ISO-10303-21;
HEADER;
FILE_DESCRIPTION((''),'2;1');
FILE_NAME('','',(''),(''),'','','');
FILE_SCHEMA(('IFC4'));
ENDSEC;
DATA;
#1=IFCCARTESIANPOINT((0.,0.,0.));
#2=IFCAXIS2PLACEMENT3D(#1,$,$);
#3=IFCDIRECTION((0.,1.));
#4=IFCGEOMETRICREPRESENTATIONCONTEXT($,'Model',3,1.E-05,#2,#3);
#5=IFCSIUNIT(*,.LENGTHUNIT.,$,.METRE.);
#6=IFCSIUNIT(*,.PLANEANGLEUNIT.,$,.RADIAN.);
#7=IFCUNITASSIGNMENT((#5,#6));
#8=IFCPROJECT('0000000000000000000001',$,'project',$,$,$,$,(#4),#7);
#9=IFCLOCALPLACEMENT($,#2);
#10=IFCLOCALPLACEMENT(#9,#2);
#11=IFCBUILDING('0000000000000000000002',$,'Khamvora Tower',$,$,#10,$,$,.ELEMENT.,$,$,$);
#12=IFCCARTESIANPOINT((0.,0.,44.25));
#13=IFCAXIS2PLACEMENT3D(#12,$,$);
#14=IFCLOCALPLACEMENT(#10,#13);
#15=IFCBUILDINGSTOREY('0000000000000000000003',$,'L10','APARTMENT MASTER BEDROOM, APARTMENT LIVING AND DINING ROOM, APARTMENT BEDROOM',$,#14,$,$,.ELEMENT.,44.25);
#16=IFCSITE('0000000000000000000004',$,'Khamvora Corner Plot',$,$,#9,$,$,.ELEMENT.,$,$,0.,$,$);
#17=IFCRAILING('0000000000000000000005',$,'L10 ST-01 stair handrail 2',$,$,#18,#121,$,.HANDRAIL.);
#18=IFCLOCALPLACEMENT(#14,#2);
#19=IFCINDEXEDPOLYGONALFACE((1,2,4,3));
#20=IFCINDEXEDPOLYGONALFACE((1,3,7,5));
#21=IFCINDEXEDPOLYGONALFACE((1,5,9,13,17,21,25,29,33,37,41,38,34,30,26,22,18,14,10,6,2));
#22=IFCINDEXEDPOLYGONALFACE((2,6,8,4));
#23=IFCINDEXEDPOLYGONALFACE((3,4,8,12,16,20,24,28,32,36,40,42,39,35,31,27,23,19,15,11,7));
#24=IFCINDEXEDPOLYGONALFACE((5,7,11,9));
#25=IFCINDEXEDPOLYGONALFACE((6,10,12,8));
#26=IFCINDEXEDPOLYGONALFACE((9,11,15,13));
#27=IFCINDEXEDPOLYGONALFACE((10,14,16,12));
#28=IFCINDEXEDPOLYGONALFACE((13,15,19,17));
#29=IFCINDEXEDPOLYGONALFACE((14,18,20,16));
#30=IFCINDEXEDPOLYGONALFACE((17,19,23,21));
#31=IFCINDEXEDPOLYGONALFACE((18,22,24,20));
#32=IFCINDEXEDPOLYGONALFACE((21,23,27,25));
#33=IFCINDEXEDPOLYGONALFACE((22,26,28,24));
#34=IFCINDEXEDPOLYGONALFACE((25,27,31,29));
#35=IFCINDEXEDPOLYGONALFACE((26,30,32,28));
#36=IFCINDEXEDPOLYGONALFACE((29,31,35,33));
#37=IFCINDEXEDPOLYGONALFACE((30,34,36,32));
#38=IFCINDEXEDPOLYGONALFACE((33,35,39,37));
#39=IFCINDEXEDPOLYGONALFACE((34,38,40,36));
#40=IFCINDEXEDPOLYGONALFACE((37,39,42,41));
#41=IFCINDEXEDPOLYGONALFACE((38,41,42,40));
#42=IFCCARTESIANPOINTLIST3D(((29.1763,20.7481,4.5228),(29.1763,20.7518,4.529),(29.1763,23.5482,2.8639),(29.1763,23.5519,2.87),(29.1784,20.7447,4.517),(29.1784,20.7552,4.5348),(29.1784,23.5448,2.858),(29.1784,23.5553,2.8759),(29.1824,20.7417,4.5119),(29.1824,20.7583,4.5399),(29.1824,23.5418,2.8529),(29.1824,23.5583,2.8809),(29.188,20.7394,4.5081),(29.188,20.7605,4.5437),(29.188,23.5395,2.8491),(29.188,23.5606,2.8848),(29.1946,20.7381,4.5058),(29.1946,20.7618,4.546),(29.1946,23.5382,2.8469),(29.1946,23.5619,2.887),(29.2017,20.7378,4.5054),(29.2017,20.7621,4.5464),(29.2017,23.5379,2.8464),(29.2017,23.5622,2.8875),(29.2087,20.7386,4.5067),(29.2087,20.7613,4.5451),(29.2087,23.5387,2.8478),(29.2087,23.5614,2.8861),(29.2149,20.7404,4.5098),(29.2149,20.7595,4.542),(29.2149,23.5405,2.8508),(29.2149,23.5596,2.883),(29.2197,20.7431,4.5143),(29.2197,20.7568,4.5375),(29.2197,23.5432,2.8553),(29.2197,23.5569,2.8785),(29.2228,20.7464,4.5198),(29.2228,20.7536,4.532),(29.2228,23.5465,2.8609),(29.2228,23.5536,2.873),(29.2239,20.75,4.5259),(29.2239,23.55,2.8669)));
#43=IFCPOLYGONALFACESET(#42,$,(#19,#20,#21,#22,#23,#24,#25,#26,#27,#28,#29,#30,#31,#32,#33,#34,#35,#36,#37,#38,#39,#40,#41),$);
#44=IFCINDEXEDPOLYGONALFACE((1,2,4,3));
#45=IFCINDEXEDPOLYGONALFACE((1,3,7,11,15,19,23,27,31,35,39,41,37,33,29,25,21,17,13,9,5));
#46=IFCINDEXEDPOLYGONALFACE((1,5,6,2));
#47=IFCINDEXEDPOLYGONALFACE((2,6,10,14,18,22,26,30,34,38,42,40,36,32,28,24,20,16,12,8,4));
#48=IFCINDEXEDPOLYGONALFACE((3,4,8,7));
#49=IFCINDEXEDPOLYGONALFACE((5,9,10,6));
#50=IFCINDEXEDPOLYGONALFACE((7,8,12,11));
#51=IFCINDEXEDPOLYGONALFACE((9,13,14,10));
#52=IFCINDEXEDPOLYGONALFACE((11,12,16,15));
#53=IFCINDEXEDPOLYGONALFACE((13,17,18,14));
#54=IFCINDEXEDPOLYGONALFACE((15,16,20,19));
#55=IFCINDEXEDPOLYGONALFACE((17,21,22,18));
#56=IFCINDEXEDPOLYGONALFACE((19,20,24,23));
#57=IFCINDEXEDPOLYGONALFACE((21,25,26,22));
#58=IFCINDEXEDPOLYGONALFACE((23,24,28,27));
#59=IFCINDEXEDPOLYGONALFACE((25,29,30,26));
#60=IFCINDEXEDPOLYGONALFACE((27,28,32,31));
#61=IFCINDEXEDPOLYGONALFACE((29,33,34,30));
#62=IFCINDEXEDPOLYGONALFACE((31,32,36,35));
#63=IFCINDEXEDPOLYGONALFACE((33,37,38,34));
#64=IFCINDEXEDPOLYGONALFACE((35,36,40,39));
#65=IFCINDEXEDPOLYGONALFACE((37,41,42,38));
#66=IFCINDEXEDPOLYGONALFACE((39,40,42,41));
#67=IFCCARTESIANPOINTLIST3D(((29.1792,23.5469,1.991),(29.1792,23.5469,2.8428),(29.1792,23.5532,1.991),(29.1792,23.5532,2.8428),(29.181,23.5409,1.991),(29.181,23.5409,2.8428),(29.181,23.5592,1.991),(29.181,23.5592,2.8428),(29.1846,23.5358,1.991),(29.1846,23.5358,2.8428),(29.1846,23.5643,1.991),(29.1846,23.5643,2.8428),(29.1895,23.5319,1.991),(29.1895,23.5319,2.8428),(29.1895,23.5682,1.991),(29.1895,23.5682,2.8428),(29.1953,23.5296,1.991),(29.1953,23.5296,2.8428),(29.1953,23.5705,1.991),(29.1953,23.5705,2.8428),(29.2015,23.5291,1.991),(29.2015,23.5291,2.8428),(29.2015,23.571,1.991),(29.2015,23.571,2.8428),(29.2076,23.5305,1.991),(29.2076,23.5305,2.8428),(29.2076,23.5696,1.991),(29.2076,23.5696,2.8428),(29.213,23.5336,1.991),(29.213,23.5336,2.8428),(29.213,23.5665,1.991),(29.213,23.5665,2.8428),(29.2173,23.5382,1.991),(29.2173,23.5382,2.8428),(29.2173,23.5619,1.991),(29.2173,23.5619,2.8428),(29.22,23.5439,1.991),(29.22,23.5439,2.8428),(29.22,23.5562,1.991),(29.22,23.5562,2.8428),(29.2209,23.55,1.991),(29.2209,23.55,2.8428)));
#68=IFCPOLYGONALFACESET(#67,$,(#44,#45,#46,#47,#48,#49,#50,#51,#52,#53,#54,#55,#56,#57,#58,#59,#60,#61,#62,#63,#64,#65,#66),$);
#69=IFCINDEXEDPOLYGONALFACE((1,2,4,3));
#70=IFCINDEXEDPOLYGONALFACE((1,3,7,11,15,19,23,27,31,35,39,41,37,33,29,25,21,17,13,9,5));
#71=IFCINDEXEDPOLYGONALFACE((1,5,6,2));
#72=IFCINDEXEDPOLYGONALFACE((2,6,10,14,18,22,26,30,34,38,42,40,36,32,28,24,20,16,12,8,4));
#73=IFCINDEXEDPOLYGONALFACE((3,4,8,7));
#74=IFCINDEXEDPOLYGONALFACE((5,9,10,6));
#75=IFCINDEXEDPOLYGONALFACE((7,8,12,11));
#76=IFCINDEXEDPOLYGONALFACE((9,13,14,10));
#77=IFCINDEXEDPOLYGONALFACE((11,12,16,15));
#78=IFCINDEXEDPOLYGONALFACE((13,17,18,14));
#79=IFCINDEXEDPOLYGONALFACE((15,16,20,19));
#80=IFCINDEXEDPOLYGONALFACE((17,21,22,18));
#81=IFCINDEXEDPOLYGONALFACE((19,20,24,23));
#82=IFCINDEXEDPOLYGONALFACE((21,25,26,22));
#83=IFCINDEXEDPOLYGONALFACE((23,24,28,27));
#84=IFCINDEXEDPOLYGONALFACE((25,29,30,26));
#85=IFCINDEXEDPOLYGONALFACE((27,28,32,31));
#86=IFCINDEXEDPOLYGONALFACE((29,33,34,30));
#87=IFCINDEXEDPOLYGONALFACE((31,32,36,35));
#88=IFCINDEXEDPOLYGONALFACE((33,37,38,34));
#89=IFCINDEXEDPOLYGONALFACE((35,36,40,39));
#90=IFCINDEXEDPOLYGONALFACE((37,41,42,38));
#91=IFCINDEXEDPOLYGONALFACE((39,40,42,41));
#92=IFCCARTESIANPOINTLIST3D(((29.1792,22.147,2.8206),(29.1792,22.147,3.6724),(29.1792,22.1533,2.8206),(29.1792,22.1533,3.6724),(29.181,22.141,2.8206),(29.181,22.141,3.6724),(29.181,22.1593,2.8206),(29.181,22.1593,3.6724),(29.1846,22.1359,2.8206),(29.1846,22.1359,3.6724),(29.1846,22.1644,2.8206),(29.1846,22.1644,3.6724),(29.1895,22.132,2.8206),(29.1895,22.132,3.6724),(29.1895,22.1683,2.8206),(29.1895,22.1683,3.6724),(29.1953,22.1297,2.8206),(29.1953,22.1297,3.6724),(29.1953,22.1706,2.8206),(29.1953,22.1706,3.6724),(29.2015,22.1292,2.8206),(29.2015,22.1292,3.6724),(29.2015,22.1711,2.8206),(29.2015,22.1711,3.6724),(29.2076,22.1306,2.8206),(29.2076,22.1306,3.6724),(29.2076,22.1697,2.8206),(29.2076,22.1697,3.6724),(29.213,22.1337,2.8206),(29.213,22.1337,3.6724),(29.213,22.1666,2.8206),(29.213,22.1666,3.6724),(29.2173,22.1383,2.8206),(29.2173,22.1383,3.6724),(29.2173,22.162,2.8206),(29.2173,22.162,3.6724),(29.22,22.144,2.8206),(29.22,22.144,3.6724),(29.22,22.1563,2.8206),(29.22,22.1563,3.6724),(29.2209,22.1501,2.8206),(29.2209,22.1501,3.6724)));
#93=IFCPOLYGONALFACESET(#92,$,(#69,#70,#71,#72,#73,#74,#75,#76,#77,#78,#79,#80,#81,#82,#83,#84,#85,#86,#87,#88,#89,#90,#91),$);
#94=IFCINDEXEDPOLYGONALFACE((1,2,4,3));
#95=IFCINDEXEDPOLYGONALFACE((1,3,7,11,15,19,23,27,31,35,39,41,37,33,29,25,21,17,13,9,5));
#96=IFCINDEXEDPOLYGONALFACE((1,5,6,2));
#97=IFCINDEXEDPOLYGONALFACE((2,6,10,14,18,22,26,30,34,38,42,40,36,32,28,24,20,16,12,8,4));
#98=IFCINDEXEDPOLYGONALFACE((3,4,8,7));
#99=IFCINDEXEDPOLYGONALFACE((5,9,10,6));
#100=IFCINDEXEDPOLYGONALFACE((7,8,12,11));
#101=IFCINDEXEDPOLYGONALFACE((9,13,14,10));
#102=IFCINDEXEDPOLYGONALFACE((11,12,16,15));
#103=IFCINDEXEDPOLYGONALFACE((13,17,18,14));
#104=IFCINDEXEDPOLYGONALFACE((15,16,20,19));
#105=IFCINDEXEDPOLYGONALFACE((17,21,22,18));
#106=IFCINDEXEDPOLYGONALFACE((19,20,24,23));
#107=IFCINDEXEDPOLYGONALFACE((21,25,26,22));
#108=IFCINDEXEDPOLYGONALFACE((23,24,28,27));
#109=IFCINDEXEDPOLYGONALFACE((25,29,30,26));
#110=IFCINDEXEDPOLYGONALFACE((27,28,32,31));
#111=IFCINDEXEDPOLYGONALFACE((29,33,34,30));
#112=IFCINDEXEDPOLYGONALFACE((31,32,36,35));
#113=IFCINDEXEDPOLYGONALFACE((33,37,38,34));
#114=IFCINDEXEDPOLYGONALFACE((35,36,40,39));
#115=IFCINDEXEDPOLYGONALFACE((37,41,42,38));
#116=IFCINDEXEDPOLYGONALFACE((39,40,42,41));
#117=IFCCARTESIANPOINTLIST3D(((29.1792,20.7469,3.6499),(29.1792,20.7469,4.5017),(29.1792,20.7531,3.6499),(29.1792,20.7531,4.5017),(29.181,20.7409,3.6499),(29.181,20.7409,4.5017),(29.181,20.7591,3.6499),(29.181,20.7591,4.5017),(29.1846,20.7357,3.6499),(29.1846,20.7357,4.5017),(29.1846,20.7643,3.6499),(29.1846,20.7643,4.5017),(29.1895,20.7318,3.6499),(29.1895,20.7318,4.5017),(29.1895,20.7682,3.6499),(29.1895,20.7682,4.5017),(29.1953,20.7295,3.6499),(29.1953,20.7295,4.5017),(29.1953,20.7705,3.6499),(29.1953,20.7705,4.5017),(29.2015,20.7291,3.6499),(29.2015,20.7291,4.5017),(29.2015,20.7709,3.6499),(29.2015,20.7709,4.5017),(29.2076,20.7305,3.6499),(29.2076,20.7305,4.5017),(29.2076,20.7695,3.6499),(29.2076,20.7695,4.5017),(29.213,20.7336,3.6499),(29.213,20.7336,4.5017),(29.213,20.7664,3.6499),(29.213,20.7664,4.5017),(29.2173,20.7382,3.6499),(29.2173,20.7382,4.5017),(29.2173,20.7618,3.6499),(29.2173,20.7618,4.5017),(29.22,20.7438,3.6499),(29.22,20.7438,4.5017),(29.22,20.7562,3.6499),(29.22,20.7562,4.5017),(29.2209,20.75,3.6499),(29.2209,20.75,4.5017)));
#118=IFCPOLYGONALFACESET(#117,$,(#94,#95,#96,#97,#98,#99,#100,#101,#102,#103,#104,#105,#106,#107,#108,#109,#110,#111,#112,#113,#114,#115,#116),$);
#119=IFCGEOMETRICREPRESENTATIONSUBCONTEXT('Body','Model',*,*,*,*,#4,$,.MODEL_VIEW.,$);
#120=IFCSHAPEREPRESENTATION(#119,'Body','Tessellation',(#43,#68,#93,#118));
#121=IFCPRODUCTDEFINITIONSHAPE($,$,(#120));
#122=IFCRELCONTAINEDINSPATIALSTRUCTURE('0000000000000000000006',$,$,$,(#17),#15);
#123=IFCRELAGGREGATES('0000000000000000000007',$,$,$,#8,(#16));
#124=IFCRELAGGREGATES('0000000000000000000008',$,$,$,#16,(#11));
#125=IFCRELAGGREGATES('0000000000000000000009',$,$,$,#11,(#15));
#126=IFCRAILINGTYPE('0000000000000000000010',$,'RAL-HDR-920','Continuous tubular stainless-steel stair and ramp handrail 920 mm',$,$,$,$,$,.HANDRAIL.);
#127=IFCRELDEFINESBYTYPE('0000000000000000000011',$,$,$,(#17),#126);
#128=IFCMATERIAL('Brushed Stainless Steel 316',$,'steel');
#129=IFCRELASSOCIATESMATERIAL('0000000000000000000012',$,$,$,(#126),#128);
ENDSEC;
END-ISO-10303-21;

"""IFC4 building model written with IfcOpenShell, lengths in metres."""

from ifc_helpers import new_model, si_unit, direction, frame, origin, origin_2d, place, context, subcontext, project, spatial, circle, extrude, material, type_object, element, save


model = new_model("IFC4")

# Units and contexts
model_context = context("Model", 3, precision=1e-05, world=origin(), true_north=direction((0.0, 1.0)))
body_context = subcontext(model_context, "Body", "Model", "MODEL_VIEW")
ifc_project = project(units=[si_unit("LENGTHUNIT", "METRE"), si_unit("PLANEANGLEUNIT", "RADIAN")], contexts=[model_context])

# Site, building, storey
site_placement = place(None, origin())
site = spatial("IfcSite", under=ifc_project, at=site_placement, Name="Khamvora Corner Plot", CompositionType="ELEMENT", RefElevation=0.0)
building_placement = place(site_placement, origin())
building = spatial("IfcBuilding", under=site, at=building_placement, Name="Khamvora Tower", CompositionType="ELEMENT")
storey_placement = place(building_placement, frame((0.0, 0.0, 44.25)))
storey = spatial("IfcBuildingStorey", under=building, at=storey_placement, Name="L10", Description="APARTMENT MASTER BEDROOM, APARTMENT LIVING AND DINING ROOM, APARTMENT BEDROOM", CompositionType="ELEMENT", Elevation=44.25)

# Railing
ifc_material_1 = material(Name="Brushed Stainless Steel 316", Category="steel")
railing_type_1 = type_object("IfcRailingType", Name="RAL-HDR-920", Description="Continuous tubular stainless-steel stair and ramp handrail 920 mm", PredefinedType="HANDRAIL", material=ifc_material_1)
railing_1_placement = place(storey_placement, frame((29.2, 23.55, 1.991)))
element("IfcRailing", 1, at=railing_1_placement, inside=storey, type_object=railing_type_1, Name="L10 ST-01 stair handrail 2", PredefinedType="HANDRAIL", context=body_context, shape_type="SweptSolid", body=[
    extrude(circle(Radius=0.0239, at=origin_2d()), frame((0.0, 0.0, 0.876), z_axis=(0.0, -0.860339, 0.509722), x_axis=(1.0, 0.0, 0.0)), (0.0, 0.0, 1.0), 3.2546),
    extrude(circle(Radius=0.021, at=origin_2d()), origin(), (0.0, 0.0, 1.0), 0.8518),
    extrude(circle(Radius=0.021, at=origin_2d()), frame((0.0, -1.3999, 0.8296)), (0.0, 0.0, 1.0), 0.8518),
    extrude(circle(Radius=0.021, at=origin_2d()), frame((0.0, -2.8, 1.6589)), (0.0, 0.0, 1.0), 0.8518),
])

save(model, "model.ifc")
